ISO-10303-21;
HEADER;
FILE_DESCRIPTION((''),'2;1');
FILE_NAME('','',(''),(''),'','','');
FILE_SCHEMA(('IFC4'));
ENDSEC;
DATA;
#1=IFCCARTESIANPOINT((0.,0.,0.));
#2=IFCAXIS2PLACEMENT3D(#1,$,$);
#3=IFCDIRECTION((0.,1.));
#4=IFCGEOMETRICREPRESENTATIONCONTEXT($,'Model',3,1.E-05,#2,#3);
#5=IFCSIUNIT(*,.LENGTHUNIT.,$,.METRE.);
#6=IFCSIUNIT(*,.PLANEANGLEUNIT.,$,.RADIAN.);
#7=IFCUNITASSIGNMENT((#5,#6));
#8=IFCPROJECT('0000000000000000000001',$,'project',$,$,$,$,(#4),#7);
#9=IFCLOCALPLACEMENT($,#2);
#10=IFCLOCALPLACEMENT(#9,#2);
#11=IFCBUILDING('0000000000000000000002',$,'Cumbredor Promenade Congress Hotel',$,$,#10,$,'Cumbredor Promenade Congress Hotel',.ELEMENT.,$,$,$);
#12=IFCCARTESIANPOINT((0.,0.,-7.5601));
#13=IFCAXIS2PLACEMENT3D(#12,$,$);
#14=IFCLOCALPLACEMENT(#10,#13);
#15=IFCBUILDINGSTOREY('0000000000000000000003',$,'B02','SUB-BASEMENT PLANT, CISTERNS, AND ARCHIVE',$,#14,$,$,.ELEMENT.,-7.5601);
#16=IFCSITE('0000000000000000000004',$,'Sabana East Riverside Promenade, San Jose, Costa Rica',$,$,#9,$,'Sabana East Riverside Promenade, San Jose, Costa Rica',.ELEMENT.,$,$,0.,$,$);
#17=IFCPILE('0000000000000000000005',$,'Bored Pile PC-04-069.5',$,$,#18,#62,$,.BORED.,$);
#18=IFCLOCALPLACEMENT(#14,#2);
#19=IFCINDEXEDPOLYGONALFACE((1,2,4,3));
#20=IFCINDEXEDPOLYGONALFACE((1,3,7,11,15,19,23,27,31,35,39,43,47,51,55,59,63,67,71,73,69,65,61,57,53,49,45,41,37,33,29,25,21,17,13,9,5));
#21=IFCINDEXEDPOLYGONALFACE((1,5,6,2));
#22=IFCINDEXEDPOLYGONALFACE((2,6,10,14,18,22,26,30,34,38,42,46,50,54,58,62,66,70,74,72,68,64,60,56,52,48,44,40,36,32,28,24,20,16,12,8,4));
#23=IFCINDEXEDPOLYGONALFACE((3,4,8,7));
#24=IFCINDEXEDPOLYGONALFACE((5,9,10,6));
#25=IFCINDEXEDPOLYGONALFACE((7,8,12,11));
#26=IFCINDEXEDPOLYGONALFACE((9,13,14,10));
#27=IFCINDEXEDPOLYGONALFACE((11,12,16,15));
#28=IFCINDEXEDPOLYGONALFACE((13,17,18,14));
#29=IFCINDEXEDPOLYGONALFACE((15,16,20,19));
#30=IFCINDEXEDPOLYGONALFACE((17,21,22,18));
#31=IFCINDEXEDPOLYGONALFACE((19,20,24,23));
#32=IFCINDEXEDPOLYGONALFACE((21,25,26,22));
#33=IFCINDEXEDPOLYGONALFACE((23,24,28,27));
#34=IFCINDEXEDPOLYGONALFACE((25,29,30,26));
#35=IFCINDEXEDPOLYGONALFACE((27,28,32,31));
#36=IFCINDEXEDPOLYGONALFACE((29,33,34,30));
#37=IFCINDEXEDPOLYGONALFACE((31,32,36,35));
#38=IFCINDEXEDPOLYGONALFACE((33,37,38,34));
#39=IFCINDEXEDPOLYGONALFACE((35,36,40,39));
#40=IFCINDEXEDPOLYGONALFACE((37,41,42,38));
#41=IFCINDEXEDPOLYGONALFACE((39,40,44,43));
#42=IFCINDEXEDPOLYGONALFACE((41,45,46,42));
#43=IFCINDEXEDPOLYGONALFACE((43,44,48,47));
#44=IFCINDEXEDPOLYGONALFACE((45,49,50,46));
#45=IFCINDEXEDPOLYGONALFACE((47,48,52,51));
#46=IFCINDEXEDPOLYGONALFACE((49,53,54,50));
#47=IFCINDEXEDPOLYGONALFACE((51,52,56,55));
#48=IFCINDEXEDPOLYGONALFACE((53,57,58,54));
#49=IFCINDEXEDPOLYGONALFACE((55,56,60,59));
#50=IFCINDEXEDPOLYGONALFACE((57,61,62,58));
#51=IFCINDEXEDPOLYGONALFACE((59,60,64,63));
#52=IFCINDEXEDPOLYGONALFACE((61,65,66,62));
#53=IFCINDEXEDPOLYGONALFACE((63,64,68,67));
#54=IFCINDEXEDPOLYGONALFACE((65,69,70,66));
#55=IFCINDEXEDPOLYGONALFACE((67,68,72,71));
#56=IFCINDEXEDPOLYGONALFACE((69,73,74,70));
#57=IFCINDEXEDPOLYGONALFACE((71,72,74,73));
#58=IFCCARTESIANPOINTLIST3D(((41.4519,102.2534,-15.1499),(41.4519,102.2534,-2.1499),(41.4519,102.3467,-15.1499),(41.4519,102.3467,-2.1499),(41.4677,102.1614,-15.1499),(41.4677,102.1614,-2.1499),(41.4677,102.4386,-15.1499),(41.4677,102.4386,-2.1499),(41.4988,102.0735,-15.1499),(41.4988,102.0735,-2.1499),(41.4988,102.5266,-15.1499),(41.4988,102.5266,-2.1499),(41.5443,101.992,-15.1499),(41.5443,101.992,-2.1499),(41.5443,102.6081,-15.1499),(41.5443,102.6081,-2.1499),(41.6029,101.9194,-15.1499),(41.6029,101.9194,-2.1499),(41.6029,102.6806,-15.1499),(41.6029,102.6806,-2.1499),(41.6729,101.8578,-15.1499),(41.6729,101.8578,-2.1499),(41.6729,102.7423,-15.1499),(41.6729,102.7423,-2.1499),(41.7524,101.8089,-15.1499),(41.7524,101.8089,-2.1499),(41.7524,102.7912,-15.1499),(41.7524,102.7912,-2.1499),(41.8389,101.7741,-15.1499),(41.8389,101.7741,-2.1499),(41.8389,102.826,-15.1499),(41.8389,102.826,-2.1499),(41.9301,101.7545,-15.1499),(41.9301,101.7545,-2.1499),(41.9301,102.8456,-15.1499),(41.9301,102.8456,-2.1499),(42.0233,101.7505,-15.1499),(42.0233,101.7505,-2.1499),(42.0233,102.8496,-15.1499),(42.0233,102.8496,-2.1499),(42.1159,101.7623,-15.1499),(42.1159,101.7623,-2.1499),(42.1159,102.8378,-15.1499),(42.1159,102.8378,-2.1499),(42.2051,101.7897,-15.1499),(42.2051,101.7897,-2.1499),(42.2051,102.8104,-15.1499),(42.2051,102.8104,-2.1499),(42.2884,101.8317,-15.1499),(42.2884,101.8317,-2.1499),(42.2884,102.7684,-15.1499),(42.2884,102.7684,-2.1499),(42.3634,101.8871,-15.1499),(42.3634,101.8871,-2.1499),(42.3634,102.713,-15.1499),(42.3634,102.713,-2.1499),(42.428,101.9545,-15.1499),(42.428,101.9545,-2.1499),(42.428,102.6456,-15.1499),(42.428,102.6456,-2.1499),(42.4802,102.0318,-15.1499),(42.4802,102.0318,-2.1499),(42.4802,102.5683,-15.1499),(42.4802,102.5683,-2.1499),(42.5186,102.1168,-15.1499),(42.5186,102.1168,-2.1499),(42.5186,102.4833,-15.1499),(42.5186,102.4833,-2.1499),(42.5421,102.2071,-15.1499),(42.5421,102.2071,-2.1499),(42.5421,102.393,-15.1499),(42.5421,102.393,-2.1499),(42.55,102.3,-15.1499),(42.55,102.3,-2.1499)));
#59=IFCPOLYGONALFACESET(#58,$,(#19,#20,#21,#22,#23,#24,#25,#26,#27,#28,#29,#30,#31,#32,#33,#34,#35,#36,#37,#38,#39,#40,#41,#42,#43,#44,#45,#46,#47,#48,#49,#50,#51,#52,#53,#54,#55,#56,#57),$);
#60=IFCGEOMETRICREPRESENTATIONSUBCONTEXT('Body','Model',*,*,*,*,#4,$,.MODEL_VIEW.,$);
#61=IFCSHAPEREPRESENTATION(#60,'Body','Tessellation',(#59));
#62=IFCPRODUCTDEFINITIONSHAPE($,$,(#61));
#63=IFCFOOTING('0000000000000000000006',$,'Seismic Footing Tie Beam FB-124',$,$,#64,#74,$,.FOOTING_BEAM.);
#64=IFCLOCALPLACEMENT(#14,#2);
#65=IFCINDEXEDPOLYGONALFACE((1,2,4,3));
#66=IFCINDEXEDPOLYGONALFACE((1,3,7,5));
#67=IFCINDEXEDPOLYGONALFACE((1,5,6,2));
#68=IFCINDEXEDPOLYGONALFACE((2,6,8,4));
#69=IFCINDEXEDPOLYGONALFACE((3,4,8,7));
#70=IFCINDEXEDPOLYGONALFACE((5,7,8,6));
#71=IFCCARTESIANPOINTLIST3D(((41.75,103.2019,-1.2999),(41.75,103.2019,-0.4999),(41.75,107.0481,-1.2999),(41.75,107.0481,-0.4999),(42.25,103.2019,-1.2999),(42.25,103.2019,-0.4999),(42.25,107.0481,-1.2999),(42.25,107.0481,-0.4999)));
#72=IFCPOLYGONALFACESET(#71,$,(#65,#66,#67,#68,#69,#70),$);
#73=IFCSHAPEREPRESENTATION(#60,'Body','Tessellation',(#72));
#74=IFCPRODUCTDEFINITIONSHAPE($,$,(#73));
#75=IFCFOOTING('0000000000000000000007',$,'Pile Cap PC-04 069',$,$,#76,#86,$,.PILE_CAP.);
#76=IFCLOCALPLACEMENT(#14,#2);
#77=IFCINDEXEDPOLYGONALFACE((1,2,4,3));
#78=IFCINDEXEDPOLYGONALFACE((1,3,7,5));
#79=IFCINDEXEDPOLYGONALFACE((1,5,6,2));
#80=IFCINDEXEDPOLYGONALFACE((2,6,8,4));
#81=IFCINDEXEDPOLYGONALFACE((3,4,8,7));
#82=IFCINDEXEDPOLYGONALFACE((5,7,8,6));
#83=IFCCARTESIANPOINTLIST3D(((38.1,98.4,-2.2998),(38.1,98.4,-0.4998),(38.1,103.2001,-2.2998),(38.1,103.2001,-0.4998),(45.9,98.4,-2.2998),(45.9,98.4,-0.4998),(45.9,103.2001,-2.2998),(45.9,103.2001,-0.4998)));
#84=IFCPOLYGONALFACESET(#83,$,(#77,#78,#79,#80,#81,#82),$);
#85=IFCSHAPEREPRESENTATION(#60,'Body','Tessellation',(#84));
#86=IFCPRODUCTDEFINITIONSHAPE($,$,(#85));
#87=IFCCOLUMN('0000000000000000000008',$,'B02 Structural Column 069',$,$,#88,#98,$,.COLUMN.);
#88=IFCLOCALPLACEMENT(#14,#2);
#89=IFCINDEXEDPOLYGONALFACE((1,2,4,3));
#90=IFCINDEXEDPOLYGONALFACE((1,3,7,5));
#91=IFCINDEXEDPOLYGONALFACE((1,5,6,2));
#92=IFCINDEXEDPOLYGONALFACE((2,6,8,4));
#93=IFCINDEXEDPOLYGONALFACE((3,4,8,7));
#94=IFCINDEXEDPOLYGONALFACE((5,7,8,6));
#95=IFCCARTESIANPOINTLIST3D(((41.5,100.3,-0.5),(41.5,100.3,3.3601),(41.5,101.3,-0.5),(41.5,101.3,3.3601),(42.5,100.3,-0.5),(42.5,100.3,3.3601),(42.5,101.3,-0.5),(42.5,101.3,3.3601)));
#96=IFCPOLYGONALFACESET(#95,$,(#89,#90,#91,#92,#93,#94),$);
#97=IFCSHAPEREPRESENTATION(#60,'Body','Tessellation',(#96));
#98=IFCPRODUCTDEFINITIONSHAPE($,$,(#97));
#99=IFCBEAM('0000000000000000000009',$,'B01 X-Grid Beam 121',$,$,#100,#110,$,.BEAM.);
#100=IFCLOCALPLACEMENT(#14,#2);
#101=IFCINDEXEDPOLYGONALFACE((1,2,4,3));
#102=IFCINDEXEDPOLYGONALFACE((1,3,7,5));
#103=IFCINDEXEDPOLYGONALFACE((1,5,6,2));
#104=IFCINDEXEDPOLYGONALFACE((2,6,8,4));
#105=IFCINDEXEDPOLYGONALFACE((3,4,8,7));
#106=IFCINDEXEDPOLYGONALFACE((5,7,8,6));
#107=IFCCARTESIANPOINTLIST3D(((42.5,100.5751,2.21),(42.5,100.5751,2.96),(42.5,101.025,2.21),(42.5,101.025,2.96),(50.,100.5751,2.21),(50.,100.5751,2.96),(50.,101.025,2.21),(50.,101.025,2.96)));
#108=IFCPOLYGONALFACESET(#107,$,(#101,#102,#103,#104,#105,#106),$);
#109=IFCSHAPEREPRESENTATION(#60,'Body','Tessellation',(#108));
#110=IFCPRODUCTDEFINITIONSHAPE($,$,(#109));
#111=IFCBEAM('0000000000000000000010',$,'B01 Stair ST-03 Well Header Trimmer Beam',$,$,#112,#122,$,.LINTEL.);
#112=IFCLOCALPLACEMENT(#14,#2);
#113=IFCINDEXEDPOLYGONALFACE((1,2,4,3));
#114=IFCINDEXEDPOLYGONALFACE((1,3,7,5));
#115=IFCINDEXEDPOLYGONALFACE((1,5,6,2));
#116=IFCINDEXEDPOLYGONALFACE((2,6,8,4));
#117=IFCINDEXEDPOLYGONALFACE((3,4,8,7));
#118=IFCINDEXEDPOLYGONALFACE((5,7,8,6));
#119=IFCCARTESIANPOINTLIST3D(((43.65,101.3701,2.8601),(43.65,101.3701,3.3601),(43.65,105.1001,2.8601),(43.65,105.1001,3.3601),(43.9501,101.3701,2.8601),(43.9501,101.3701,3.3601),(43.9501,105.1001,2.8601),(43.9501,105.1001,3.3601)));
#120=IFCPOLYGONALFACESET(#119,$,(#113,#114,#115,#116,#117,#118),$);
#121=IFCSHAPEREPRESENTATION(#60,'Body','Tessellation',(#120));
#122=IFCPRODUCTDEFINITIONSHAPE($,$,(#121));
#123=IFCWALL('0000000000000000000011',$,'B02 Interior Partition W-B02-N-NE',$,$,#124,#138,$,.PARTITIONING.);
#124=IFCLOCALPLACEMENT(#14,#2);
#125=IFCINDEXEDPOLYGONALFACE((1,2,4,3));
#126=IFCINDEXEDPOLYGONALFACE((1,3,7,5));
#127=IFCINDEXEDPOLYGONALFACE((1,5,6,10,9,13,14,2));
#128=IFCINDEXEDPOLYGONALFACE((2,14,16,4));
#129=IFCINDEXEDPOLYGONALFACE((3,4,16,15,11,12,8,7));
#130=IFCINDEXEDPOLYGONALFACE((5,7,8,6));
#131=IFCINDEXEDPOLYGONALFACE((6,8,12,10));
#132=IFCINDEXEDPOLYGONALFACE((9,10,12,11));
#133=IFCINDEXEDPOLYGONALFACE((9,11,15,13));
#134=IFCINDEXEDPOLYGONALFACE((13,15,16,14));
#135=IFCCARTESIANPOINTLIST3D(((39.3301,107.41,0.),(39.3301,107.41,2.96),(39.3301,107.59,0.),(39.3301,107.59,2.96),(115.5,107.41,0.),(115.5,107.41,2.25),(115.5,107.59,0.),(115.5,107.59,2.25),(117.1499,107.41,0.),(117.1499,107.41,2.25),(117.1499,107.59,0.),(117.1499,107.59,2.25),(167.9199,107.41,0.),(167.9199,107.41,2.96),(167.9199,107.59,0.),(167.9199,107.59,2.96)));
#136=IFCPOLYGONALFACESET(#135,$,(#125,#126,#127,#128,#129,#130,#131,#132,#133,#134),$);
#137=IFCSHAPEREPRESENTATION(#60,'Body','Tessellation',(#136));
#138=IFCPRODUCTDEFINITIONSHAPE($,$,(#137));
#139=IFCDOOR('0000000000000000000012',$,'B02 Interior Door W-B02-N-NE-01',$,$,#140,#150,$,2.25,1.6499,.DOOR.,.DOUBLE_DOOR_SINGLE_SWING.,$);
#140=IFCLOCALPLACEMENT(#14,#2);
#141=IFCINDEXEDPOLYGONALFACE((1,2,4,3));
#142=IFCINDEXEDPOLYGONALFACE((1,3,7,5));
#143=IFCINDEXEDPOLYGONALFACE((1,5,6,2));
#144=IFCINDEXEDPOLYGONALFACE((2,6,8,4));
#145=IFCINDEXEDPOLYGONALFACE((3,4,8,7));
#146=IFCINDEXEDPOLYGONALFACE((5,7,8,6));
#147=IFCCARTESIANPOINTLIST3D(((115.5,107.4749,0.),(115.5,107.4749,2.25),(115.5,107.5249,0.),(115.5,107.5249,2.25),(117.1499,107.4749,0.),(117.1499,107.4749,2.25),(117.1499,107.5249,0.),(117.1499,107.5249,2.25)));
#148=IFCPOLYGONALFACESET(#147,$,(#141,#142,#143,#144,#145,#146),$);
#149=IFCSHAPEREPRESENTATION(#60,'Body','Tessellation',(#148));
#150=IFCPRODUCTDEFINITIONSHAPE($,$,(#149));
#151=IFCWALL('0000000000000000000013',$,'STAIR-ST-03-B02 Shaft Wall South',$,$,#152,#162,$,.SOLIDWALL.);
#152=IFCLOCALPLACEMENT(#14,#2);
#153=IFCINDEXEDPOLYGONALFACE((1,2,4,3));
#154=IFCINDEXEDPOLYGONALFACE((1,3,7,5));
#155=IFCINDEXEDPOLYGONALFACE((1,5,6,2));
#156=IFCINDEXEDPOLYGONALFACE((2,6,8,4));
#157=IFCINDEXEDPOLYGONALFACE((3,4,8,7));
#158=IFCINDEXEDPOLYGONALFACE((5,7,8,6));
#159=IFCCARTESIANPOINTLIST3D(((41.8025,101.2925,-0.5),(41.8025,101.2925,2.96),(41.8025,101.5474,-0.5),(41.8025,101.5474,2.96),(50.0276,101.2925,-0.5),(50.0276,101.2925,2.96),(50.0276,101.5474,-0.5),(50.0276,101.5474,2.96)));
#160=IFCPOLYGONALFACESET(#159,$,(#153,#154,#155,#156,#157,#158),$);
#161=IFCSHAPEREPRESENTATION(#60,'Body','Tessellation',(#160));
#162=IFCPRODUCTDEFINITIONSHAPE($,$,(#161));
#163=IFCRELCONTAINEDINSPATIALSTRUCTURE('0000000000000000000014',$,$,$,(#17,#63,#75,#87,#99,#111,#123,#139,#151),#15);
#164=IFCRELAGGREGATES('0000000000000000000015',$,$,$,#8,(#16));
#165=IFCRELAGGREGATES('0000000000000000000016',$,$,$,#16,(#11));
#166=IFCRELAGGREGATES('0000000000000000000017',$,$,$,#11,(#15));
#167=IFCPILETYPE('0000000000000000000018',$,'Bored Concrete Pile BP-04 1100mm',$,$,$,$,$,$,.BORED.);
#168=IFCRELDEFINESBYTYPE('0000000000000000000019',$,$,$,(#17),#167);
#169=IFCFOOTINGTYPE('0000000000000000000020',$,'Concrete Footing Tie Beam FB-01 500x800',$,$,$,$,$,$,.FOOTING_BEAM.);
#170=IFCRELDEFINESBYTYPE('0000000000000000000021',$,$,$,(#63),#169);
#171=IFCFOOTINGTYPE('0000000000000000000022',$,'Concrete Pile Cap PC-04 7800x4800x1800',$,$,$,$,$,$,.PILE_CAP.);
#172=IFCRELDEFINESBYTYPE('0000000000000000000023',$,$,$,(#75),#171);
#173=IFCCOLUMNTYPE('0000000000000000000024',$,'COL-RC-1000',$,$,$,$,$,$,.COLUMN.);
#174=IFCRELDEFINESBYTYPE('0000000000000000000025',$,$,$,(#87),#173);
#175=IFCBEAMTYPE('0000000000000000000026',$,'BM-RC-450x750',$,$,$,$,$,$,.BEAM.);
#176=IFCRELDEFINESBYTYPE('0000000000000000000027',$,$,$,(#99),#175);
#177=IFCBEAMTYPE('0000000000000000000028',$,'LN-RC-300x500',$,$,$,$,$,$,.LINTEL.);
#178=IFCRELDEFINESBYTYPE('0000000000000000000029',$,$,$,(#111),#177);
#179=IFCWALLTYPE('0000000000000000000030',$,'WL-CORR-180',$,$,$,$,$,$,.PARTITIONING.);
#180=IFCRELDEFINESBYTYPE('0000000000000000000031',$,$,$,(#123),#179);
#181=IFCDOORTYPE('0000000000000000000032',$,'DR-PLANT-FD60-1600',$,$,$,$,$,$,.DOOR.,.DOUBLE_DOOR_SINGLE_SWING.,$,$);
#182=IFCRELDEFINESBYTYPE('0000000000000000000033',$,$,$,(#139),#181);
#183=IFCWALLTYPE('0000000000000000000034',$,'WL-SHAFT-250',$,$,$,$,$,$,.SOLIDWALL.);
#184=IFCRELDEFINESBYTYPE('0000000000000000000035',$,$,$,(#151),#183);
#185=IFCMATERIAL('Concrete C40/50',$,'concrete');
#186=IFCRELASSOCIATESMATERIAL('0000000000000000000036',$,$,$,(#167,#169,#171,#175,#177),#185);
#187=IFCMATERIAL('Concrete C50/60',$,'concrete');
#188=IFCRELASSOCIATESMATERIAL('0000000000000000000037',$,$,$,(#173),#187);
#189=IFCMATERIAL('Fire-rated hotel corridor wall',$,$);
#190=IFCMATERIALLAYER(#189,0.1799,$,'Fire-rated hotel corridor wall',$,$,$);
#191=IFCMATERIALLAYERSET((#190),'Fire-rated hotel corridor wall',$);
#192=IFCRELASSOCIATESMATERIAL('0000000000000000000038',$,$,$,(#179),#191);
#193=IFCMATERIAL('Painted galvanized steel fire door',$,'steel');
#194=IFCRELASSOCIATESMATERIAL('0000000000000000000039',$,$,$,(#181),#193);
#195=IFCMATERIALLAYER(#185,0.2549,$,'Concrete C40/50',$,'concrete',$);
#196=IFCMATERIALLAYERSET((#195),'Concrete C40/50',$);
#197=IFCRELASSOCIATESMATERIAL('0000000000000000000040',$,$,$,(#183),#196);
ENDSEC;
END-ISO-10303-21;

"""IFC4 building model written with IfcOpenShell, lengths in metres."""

from ifc_helpers import new_model, si_unit, direction, frame, frame_2d, origin, origin_2d, place, context, subcontext, project, spatial, rectangle, circle, extrude, material, layer, layer_set, material_profile, profile_set, type_object, element, fill, save


model = new_model("IFC4")

# Units and contexts
model_context = context("Model", 3, precision=1e-05, world=origin(), true_north=direction((0.0, 1.0)))
body_context = subcontext(model_context, "Body", "Model", "MODEL_VIEW")
ifc_project = project(units=[si_unit("LENGTHUNIT", "METRE"), si_unit("PLANEANGLEUNIT", "RADIAN")], contexts=[model_context])

# Site, building, storey
site_placement = place(None, origin())
site = spatial("IfcSite", under=ifc_project, at=site_placement, Name="Sabana East Riverside Promenade, San Jose, Costa Rica", LongName="Sabana East Riverside Promenade, San Jose, Costa Rica", CompositionType="ELEMENT", RefElevation=0.0)
building_placement = place(site_placement, origin())
building = spatial("IfcBuilding", under=site, at=building_placement, Name="Cumbredor Promenade Congress Hotel", LongName="Cumbredor Promenade Congress Hotel", CompositionType="ELEMENT")
storey_placement = place(building_placement, frame((0.0, 0.0, -7.5601)))
storey = spatial("IfcBuildingStorey", under=building, at=storey_placement, Name="B02", Description="SUB-BASEMENT PLANT, CISTERNS, AND ARCHIVE", CompositionType="ELEMENT", Elevation=-7.5601)

# Pile
ifc_material_1 = material(Name="Concrete C40/50", Category="concrete")
ifc_material_profile_1 = material_profile(ifc_material_1, circle(Radius=0.55, at=origin_2d()), Name="PILE D1100")
ifc_profile_set_1 = profile_set([ifc_material_profile_1], Name="Concrete C40/50")
pile_type = type_object("IfcPileType", Name="Bored Concrete Pile BP-04 1100mm", PredefinedType="BORED", material=ifc_profile_set_1)
for number, where, z_axis, x_axis, name in (
    (1, (42.0, 102.3, -2.1499), (0.0, 0.0, -1.0), (1.0, 0.0, 0.0), "Bored Pile PC-04-069.5"),
):
    element("IfcPile", number, at=place(storey_placement, frame(where, z_axis=z_axis, x_axis=x_axis)), inside=storey, type_object=pile_type, Name=name, PredefinedType="BORED", context=body_context, shape_type="SweptSolid", body=[
        extrude(circle(Radius=0.55, at=origin_2d()), origin(), (0.0, 0.0, 1.0), 13.0),
    ])

# Footings
ifc_material_profile_2 = material_profile(ifc_material_1, rectangle(XDim=0.5, YDim=0.8, at=origin_2d()), Name="FB 500x800")
ifc_profile_set_2 = profile_set([ifc_material_profile_2], Name="Concrete C40/50")
footing_type_1 = type_object("IfcFootingType", Name="Concrete Footing Tie Beam FB-01 500x800", PredefinedType="FOOTING_BEAM", material=ifc_profile_set_2)
footing_1_placement = place(storey_placement, frame((42.0, 103.2019, -0.8999), z_axis=(0.0, 1.0, 0.0), x_axis=(-1.0, 0.0, 0.0)))
element("IfcFooting", 2, at=footing_1_placement, inside=storey, type_object=footing_type_1, Name="Seismic Footing Tie Beam FB-124", PredefinedType="FOOTING_BEAM", context=body_context, shape_type="SweptSolid", body=[
    extrude(rectangle(XDim=0.5, YDim=0.8, at=origin_2d()), origin(), (0.0, 0.0, 1.0), 3.8462),
])
footing_type_2 = type_object("IfcFootingType", Name="Concrete Pile Cap PC-04 7800x4800x1800", PredefinedType="PILE_CAP", material=ifc_material_1)
footing_2_placement = place(storey_placement, frame((42.0, 100.8, -2.2998), z_axis=(0.0, 0.0, 1.0), x_axis=(1.0, 0.0, 0.0)))
element("IfcFooting", 3, at=footing_2_placement, inside=storey, type_object=footing_type_2, Name="Pile Cap PC-04 069", PredefinedType="PILE_CAP", context=body_context, shape_type="SweptSolid", body=[
    extrude(rectangle(XDim=7.8, YDim=4.8, at=origin_2d()), origin(), (0.0, 0.0, 1.0), 1.8),
])

# Column
ifc_material_2 = material(Name="Concrete C50/60", Category="concrete")
ifc_material_profile_3 = material_profile(ifc_material_2, rectangle(XDim=1.0, YDim=1.0, at=origin_2d()), Name="RC 1000x1000")
ifc_profile_set_3 = profile_set([ifc_material_profile_3], Name="Concrete C50/60")
column_type = type_object("IfcColumnType", Name="COL-RC-1000", PredefinedType="COLUMN", material=ifc_profile_set_3)
column_placement = place(storey_placement, frame((42.0, 100.8, -0.5), z_axis=(0.0, 0.0, 1.0), x_axis=(1.0, 0.0, 0.0)))
element("IfcColumn", 4, at=column_placement, inside=storey, type_object=column_type, Name="B02 Structural Column 069", PredefinedType="COLUMN", context=body_context, shape_type="SweptSolid", body=[
    extrude(rectangle(XDim=1.0, YDim=1.0, at=origin_2d()), origin(), (0.0, 0.0, 1.0), 3.8601),
])

# Beams
ifc_material_profile_4 = material_profile(ifc_material_1, rectangle(XDim=0.45, YDim=0.75, at=origin_2d()), Name="RC BEAM 450x750")
ifc_profile_set_4 = profile_set([ifc_material_profile_4], Name="Concrete C40/50")
beam_type_1 = type_object("IfcBeamType", Name="BM-RC-450x750", PredefinedType="BEAM", material=ifc_profile_set_4)
beam_1_placement = place(storey_placement, frame((42.5, 100.8, 2.585), z_axis=(1.0, 0.0, 0.0), x_axis=(0.0, 1.0, 0.0)))
element("IfcBeam", 5, at=beam_1_placement, inside=storey, type_object=beam_type_1, Name="B01 X-Grid Beam 121", PredefinedType="BEAM", context=body_context, shape_type="SweptSolid", body=[
    extrude(rectangle(XDim=0.45, YDim=0.75, at=origin_2d()), origin(), (0.0, 0.0, 1.0), 7.5),
])
ifc_material_profile_5 = material_profile(ifc_material_1, rectangle(XDim=0.3, YDim=0.5, at=origin_2d()), Name="RC LINTEL 300x500")
ifc_profile_set_5 = profile_set([ifc_material_profile_5], Name="Concrete C40/50")
beam_type_2 = type_object("IfcBeamType", Name="LN-RC-300x500", PredefinedType="LINTEL", material=ifc_profile_set_5)
beam_2_placement = place(storey_placement, frame((43.8, 101.3701, 3.1101), z_axis=(0.0, 1.0, 0.0), x_axis=(-1.0, 0.0, 0.0)))
element("IfcBeam", 6, at=beam_2_placement, inside=storey, type_object=beam_type_2, Name="B01 Stair ST-03 Well Header Trimmer Beam", PredefinedType="LINTEL", context=body_context, shape_type="SweptSolid", body=[
    extrude(rectangle(XDim=0.3, YDim=0.5, at=origin_2d()), origin(), (0.0, 0.0, 1.0), 3.73),
])

# Wall, opening, door
ifc_material_3 = material(Name="Fire-rated hotel corridor wall")
ifc_layer_1 = layer(ifc_material_3, 0.1799, Name="Fire-rated hotel corridor wall")
ifc_layer_set_1 = layer_set([ifc_layer_1], Name="Fire-rated hotel corridor wall")
wall_type_1 = type_object("IfcWallType", Name="WL-CORR-180", PredefinedType="PARTITIONING", material=ifc_layer_set_1)
wall_1_placement = place(storey_placement, frame((39.3301, 107.5, 0.0), z_axis=(0.0, 0.0, 1.0), x_axis=(1.0, 0.0, 0.0)))
wall_1 = element("IfcWall", 7, at=wall_1_placement, inside=storey, type_object=wall_type_1, Name="B02 Interior Partition W-B02-N-NE", PredefinedType="PARTITIONING", context=body_context, shape_type="SweptSolid", body=[
    extrude(rectangle(XDim=128.5898, YDim=0.1799, at=frame_2d((64.2949, 0.0))), origin(), (0.0, 0.0, 1.0), 2.96),
])
opening_1_placement = place(wall_1_placement, frame((76.1699, 0.0, 0.0)))
opening_1 = element("IfcOpeningElement", 8, at=opening_1_placement, cuts=wall_1, PredefinedType="OPENING", context=body_context, shape_type="SweptSolid", body=[
    extrude(rectangle(XDim=1.6499, YDim=2.25, at=frame_2d((0.825, 1.125))), frame((0.0, 0.1001, 0.0), z_axis=(0.0, -1.0, 0.0), x_axis=(1.0, 0.0, 0.0)), (0.0, 0.0, 1.0), 0.2),
])
ifc_material_4 = material(Name="Painted galvanized steel fire door", Category="steel")
door_type_1 = type_object("IfcDoorType", Name="DR-PLANT-FD60-1600", OperationType="DOUBLE_DOOR_SINGLE_SWING", PredefinedType="DOOR", material=ifc_material_4)
door_1_placement = place(opening_1_placement, origin())
door_1 = element("IfcDoor", 9, at=door_1_placement, inside=storey, type_object=door_type_1, Name="B02 Interior Door W-B02-N-NE-01", OperationType="DOUBLE_DOOR_SINGLE_SWING", OverallHeight=2.25, OverallWidth=1.6499, PredefinedType="DOOR", context=body_context, shape_type="SweptSolid", body=[
    extrude(rectangle(XDim=1.6499, YDim=2.25, at=frame_2d((0.825, 1.125))), frame((0.0, 0.0249, 0.0), z_axis=(0.0, -1.0, 0.0), x_axis=(1.0, 0.0, 0.0)), (0.0, 0.0, 1.0), 0.05),
])
fill(opening_1, door_1)

# Wall
ifc_layer_2 = layer(ifc_material_1, 0.2549, Name="Concrete C40/50", Category="concrete")
ifc_layer_set_2 = layer_set([ifc_layer_2], Name="Concrete C40/50")
wall_type_2 = type_object("IfcWallType", Name="WL-SHAFT-250", PredefinedType="SOLIDWALL", material=ifc_layer_set_2)
wall_2_placement = place(storey_placement, frame((41.8025, 101.4199, -0.5), z_axis=(0.0, 0.0, 1.0), x_axis=(1.0, 0.0, 0.0)))
element("IfcWall", 10, at=wall_2_placement, inside=storey, type_object=wall_type_2, Name="STAIR-ST-03-B02 Shaft Wall South", PredefinedType="SOLIDWALL", context=body_context, shape_type="SweptSolid", body=[
    extrude(rectangle(XDim=8.2251, YDim=0.2549, at=frame_2d((4.1125, 0.0))), origin(), (0.0, 0.0, 1.0), 3.46),
])

save(model, "model.ifc")
